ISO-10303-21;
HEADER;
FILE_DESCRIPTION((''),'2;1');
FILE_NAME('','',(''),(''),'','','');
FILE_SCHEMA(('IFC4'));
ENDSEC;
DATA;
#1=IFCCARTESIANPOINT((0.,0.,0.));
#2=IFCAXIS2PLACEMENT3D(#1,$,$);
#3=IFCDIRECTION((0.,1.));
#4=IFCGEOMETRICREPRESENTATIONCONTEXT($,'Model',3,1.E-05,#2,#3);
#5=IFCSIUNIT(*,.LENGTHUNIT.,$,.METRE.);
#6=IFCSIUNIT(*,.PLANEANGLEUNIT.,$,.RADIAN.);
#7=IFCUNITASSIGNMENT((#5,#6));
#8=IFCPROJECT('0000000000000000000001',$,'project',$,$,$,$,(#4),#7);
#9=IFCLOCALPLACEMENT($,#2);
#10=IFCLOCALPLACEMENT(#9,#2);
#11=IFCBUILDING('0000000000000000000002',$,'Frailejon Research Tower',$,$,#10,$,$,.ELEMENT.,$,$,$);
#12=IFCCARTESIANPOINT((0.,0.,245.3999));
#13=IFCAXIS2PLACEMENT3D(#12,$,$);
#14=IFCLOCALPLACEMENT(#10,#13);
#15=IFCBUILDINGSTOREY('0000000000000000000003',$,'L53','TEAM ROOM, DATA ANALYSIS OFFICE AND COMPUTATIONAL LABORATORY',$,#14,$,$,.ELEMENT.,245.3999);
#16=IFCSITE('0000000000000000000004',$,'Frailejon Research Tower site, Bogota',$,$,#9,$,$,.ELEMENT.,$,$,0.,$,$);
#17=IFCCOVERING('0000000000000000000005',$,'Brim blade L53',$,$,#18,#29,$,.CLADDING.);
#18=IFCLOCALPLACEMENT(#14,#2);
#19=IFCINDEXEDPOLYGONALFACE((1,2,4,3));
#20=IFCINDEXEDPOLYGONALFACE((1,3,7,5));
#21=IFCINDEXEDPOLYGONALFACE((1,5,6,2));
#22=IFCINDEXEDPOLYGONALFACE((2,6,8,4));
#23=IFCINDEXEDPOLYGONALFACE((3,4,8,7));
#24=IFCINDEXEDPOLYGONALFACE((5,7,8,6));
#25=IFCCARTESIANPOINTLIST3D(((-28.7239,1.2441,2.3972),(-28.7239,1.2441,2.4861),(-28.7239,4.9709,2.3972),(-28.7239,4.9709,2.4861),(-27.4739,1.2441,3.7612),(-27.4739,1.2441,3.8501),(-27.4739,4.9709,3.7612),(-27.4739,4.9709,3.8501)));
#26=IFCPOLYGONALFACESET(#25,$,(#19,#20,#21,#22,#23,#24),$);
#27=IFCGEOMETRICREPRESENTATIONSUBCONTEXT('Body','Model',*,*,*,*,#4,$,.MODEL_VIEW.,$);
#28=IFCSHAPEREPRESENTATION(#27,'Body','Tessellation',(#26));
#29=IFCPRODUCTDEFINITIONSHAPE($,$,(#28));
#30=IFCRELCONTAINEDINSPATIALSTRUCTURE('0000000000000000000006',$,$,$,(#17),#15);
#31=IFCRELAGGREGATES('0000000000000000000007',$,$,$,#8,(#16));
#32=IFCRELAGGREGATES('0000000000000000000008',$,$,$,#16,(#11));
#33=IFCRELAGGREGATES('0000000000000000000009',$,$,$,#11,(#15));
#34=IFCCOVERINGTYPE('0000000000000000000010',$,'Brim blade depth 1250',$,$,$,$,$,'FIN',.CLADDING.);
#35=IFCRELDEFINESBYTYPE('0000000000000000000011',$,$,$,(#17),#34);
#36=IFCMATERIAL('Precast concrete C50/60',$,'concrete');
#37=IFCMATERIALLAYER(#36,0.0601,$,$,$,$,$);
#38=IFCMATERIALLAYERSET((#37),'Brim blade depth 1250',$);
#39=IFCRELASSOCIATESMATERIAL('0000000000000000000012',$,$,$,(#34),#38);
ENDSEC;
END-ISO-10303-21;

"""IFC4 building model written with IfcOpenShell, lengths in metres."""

from ifc_helpers import new_model, si_unit, direction, frame, origin, place, context, subcontext, project, spatial, polyline, outline, extrude, material, layer, layer_set, type_object, element, save


model = new_model("IFC4")

# Units and contexts
model_context = context("Model", 3, precision=1e-05, world=origin(), true_north=direction((0.0, 1.0)))
body_context = subcontext(model_context, "Body", "Model", "MODEL_VIEW")
ifc_project = project(units=[si_unit("LENGTHUNIT", "METRE"), si_unit("PLANEANGLEUNIT", "RADIAN")], contexts=[model_context])

# Site, building, storey
site_placement = place(None, origin())
site = spatial("IfcSite", under=ifc_project, at=site_placement, Name="Frailejon Research Tower site, Bogota", CompositionType="ELEMENT", RefElevation=0.0)
building_placement = place(site_placement, origin())
building = spatial("IfcBuilding", under=site, at=building_placement, Name="Frailejon Research Tower", CompositionType="ELEMENT")
storey_placement = place(building_placement, frame((0.0, 0.0, 245.3999)))
storey = spatial("IfcBuildingStorey", under=building, at=storey_placement, Name="L53", Description="TEAM ROOM, DATA ANALYSIS OFFICE AND COMPUTATIONAL LABORATORY", CompositionType="ELEMENT", Elevation=245.3999)

# Covering
ifc_material_1 = material(Name="Precast concrete C50/60", Category="concrete")
ifc_layer_1 = layer(ifc_material_1, 0.0601)
ifc_layer_set_1 = layer_set([ifc_layer_1], Name="Brim blade depth 1250")
covering_type_1 = type_object("IfcCoveringType", Name="Brim blade depth 1250", ElementType="FIN", PredefinedType="CLADDING", material=ifc_layer_set_1)
covering_1_placement = place(storey_placement, frame((-27.4739, 1.2441, 3.8501), z_axis=(0.0, 1.0, 0.0), x_axis=(-1.0, 0.0, 0.0)))
element("IfcCovering", 1, at=covering_1_placement, inside=storey, type_object=covering_type_1, Name="Brim blade L53", PredefinedType="CLADDING", context=body_context, shape_type="SweptSolid", body=[
    extrude(outline(polyline([(0.0, -0.0889), (1.25, -1.4529), (1.25, -1.364), (0.0, 0.0), (0.0, -0.0889)])), origin(), (0.0, 0.0, 1.0), 3.7268),
])

save(model, "model.ifc")
